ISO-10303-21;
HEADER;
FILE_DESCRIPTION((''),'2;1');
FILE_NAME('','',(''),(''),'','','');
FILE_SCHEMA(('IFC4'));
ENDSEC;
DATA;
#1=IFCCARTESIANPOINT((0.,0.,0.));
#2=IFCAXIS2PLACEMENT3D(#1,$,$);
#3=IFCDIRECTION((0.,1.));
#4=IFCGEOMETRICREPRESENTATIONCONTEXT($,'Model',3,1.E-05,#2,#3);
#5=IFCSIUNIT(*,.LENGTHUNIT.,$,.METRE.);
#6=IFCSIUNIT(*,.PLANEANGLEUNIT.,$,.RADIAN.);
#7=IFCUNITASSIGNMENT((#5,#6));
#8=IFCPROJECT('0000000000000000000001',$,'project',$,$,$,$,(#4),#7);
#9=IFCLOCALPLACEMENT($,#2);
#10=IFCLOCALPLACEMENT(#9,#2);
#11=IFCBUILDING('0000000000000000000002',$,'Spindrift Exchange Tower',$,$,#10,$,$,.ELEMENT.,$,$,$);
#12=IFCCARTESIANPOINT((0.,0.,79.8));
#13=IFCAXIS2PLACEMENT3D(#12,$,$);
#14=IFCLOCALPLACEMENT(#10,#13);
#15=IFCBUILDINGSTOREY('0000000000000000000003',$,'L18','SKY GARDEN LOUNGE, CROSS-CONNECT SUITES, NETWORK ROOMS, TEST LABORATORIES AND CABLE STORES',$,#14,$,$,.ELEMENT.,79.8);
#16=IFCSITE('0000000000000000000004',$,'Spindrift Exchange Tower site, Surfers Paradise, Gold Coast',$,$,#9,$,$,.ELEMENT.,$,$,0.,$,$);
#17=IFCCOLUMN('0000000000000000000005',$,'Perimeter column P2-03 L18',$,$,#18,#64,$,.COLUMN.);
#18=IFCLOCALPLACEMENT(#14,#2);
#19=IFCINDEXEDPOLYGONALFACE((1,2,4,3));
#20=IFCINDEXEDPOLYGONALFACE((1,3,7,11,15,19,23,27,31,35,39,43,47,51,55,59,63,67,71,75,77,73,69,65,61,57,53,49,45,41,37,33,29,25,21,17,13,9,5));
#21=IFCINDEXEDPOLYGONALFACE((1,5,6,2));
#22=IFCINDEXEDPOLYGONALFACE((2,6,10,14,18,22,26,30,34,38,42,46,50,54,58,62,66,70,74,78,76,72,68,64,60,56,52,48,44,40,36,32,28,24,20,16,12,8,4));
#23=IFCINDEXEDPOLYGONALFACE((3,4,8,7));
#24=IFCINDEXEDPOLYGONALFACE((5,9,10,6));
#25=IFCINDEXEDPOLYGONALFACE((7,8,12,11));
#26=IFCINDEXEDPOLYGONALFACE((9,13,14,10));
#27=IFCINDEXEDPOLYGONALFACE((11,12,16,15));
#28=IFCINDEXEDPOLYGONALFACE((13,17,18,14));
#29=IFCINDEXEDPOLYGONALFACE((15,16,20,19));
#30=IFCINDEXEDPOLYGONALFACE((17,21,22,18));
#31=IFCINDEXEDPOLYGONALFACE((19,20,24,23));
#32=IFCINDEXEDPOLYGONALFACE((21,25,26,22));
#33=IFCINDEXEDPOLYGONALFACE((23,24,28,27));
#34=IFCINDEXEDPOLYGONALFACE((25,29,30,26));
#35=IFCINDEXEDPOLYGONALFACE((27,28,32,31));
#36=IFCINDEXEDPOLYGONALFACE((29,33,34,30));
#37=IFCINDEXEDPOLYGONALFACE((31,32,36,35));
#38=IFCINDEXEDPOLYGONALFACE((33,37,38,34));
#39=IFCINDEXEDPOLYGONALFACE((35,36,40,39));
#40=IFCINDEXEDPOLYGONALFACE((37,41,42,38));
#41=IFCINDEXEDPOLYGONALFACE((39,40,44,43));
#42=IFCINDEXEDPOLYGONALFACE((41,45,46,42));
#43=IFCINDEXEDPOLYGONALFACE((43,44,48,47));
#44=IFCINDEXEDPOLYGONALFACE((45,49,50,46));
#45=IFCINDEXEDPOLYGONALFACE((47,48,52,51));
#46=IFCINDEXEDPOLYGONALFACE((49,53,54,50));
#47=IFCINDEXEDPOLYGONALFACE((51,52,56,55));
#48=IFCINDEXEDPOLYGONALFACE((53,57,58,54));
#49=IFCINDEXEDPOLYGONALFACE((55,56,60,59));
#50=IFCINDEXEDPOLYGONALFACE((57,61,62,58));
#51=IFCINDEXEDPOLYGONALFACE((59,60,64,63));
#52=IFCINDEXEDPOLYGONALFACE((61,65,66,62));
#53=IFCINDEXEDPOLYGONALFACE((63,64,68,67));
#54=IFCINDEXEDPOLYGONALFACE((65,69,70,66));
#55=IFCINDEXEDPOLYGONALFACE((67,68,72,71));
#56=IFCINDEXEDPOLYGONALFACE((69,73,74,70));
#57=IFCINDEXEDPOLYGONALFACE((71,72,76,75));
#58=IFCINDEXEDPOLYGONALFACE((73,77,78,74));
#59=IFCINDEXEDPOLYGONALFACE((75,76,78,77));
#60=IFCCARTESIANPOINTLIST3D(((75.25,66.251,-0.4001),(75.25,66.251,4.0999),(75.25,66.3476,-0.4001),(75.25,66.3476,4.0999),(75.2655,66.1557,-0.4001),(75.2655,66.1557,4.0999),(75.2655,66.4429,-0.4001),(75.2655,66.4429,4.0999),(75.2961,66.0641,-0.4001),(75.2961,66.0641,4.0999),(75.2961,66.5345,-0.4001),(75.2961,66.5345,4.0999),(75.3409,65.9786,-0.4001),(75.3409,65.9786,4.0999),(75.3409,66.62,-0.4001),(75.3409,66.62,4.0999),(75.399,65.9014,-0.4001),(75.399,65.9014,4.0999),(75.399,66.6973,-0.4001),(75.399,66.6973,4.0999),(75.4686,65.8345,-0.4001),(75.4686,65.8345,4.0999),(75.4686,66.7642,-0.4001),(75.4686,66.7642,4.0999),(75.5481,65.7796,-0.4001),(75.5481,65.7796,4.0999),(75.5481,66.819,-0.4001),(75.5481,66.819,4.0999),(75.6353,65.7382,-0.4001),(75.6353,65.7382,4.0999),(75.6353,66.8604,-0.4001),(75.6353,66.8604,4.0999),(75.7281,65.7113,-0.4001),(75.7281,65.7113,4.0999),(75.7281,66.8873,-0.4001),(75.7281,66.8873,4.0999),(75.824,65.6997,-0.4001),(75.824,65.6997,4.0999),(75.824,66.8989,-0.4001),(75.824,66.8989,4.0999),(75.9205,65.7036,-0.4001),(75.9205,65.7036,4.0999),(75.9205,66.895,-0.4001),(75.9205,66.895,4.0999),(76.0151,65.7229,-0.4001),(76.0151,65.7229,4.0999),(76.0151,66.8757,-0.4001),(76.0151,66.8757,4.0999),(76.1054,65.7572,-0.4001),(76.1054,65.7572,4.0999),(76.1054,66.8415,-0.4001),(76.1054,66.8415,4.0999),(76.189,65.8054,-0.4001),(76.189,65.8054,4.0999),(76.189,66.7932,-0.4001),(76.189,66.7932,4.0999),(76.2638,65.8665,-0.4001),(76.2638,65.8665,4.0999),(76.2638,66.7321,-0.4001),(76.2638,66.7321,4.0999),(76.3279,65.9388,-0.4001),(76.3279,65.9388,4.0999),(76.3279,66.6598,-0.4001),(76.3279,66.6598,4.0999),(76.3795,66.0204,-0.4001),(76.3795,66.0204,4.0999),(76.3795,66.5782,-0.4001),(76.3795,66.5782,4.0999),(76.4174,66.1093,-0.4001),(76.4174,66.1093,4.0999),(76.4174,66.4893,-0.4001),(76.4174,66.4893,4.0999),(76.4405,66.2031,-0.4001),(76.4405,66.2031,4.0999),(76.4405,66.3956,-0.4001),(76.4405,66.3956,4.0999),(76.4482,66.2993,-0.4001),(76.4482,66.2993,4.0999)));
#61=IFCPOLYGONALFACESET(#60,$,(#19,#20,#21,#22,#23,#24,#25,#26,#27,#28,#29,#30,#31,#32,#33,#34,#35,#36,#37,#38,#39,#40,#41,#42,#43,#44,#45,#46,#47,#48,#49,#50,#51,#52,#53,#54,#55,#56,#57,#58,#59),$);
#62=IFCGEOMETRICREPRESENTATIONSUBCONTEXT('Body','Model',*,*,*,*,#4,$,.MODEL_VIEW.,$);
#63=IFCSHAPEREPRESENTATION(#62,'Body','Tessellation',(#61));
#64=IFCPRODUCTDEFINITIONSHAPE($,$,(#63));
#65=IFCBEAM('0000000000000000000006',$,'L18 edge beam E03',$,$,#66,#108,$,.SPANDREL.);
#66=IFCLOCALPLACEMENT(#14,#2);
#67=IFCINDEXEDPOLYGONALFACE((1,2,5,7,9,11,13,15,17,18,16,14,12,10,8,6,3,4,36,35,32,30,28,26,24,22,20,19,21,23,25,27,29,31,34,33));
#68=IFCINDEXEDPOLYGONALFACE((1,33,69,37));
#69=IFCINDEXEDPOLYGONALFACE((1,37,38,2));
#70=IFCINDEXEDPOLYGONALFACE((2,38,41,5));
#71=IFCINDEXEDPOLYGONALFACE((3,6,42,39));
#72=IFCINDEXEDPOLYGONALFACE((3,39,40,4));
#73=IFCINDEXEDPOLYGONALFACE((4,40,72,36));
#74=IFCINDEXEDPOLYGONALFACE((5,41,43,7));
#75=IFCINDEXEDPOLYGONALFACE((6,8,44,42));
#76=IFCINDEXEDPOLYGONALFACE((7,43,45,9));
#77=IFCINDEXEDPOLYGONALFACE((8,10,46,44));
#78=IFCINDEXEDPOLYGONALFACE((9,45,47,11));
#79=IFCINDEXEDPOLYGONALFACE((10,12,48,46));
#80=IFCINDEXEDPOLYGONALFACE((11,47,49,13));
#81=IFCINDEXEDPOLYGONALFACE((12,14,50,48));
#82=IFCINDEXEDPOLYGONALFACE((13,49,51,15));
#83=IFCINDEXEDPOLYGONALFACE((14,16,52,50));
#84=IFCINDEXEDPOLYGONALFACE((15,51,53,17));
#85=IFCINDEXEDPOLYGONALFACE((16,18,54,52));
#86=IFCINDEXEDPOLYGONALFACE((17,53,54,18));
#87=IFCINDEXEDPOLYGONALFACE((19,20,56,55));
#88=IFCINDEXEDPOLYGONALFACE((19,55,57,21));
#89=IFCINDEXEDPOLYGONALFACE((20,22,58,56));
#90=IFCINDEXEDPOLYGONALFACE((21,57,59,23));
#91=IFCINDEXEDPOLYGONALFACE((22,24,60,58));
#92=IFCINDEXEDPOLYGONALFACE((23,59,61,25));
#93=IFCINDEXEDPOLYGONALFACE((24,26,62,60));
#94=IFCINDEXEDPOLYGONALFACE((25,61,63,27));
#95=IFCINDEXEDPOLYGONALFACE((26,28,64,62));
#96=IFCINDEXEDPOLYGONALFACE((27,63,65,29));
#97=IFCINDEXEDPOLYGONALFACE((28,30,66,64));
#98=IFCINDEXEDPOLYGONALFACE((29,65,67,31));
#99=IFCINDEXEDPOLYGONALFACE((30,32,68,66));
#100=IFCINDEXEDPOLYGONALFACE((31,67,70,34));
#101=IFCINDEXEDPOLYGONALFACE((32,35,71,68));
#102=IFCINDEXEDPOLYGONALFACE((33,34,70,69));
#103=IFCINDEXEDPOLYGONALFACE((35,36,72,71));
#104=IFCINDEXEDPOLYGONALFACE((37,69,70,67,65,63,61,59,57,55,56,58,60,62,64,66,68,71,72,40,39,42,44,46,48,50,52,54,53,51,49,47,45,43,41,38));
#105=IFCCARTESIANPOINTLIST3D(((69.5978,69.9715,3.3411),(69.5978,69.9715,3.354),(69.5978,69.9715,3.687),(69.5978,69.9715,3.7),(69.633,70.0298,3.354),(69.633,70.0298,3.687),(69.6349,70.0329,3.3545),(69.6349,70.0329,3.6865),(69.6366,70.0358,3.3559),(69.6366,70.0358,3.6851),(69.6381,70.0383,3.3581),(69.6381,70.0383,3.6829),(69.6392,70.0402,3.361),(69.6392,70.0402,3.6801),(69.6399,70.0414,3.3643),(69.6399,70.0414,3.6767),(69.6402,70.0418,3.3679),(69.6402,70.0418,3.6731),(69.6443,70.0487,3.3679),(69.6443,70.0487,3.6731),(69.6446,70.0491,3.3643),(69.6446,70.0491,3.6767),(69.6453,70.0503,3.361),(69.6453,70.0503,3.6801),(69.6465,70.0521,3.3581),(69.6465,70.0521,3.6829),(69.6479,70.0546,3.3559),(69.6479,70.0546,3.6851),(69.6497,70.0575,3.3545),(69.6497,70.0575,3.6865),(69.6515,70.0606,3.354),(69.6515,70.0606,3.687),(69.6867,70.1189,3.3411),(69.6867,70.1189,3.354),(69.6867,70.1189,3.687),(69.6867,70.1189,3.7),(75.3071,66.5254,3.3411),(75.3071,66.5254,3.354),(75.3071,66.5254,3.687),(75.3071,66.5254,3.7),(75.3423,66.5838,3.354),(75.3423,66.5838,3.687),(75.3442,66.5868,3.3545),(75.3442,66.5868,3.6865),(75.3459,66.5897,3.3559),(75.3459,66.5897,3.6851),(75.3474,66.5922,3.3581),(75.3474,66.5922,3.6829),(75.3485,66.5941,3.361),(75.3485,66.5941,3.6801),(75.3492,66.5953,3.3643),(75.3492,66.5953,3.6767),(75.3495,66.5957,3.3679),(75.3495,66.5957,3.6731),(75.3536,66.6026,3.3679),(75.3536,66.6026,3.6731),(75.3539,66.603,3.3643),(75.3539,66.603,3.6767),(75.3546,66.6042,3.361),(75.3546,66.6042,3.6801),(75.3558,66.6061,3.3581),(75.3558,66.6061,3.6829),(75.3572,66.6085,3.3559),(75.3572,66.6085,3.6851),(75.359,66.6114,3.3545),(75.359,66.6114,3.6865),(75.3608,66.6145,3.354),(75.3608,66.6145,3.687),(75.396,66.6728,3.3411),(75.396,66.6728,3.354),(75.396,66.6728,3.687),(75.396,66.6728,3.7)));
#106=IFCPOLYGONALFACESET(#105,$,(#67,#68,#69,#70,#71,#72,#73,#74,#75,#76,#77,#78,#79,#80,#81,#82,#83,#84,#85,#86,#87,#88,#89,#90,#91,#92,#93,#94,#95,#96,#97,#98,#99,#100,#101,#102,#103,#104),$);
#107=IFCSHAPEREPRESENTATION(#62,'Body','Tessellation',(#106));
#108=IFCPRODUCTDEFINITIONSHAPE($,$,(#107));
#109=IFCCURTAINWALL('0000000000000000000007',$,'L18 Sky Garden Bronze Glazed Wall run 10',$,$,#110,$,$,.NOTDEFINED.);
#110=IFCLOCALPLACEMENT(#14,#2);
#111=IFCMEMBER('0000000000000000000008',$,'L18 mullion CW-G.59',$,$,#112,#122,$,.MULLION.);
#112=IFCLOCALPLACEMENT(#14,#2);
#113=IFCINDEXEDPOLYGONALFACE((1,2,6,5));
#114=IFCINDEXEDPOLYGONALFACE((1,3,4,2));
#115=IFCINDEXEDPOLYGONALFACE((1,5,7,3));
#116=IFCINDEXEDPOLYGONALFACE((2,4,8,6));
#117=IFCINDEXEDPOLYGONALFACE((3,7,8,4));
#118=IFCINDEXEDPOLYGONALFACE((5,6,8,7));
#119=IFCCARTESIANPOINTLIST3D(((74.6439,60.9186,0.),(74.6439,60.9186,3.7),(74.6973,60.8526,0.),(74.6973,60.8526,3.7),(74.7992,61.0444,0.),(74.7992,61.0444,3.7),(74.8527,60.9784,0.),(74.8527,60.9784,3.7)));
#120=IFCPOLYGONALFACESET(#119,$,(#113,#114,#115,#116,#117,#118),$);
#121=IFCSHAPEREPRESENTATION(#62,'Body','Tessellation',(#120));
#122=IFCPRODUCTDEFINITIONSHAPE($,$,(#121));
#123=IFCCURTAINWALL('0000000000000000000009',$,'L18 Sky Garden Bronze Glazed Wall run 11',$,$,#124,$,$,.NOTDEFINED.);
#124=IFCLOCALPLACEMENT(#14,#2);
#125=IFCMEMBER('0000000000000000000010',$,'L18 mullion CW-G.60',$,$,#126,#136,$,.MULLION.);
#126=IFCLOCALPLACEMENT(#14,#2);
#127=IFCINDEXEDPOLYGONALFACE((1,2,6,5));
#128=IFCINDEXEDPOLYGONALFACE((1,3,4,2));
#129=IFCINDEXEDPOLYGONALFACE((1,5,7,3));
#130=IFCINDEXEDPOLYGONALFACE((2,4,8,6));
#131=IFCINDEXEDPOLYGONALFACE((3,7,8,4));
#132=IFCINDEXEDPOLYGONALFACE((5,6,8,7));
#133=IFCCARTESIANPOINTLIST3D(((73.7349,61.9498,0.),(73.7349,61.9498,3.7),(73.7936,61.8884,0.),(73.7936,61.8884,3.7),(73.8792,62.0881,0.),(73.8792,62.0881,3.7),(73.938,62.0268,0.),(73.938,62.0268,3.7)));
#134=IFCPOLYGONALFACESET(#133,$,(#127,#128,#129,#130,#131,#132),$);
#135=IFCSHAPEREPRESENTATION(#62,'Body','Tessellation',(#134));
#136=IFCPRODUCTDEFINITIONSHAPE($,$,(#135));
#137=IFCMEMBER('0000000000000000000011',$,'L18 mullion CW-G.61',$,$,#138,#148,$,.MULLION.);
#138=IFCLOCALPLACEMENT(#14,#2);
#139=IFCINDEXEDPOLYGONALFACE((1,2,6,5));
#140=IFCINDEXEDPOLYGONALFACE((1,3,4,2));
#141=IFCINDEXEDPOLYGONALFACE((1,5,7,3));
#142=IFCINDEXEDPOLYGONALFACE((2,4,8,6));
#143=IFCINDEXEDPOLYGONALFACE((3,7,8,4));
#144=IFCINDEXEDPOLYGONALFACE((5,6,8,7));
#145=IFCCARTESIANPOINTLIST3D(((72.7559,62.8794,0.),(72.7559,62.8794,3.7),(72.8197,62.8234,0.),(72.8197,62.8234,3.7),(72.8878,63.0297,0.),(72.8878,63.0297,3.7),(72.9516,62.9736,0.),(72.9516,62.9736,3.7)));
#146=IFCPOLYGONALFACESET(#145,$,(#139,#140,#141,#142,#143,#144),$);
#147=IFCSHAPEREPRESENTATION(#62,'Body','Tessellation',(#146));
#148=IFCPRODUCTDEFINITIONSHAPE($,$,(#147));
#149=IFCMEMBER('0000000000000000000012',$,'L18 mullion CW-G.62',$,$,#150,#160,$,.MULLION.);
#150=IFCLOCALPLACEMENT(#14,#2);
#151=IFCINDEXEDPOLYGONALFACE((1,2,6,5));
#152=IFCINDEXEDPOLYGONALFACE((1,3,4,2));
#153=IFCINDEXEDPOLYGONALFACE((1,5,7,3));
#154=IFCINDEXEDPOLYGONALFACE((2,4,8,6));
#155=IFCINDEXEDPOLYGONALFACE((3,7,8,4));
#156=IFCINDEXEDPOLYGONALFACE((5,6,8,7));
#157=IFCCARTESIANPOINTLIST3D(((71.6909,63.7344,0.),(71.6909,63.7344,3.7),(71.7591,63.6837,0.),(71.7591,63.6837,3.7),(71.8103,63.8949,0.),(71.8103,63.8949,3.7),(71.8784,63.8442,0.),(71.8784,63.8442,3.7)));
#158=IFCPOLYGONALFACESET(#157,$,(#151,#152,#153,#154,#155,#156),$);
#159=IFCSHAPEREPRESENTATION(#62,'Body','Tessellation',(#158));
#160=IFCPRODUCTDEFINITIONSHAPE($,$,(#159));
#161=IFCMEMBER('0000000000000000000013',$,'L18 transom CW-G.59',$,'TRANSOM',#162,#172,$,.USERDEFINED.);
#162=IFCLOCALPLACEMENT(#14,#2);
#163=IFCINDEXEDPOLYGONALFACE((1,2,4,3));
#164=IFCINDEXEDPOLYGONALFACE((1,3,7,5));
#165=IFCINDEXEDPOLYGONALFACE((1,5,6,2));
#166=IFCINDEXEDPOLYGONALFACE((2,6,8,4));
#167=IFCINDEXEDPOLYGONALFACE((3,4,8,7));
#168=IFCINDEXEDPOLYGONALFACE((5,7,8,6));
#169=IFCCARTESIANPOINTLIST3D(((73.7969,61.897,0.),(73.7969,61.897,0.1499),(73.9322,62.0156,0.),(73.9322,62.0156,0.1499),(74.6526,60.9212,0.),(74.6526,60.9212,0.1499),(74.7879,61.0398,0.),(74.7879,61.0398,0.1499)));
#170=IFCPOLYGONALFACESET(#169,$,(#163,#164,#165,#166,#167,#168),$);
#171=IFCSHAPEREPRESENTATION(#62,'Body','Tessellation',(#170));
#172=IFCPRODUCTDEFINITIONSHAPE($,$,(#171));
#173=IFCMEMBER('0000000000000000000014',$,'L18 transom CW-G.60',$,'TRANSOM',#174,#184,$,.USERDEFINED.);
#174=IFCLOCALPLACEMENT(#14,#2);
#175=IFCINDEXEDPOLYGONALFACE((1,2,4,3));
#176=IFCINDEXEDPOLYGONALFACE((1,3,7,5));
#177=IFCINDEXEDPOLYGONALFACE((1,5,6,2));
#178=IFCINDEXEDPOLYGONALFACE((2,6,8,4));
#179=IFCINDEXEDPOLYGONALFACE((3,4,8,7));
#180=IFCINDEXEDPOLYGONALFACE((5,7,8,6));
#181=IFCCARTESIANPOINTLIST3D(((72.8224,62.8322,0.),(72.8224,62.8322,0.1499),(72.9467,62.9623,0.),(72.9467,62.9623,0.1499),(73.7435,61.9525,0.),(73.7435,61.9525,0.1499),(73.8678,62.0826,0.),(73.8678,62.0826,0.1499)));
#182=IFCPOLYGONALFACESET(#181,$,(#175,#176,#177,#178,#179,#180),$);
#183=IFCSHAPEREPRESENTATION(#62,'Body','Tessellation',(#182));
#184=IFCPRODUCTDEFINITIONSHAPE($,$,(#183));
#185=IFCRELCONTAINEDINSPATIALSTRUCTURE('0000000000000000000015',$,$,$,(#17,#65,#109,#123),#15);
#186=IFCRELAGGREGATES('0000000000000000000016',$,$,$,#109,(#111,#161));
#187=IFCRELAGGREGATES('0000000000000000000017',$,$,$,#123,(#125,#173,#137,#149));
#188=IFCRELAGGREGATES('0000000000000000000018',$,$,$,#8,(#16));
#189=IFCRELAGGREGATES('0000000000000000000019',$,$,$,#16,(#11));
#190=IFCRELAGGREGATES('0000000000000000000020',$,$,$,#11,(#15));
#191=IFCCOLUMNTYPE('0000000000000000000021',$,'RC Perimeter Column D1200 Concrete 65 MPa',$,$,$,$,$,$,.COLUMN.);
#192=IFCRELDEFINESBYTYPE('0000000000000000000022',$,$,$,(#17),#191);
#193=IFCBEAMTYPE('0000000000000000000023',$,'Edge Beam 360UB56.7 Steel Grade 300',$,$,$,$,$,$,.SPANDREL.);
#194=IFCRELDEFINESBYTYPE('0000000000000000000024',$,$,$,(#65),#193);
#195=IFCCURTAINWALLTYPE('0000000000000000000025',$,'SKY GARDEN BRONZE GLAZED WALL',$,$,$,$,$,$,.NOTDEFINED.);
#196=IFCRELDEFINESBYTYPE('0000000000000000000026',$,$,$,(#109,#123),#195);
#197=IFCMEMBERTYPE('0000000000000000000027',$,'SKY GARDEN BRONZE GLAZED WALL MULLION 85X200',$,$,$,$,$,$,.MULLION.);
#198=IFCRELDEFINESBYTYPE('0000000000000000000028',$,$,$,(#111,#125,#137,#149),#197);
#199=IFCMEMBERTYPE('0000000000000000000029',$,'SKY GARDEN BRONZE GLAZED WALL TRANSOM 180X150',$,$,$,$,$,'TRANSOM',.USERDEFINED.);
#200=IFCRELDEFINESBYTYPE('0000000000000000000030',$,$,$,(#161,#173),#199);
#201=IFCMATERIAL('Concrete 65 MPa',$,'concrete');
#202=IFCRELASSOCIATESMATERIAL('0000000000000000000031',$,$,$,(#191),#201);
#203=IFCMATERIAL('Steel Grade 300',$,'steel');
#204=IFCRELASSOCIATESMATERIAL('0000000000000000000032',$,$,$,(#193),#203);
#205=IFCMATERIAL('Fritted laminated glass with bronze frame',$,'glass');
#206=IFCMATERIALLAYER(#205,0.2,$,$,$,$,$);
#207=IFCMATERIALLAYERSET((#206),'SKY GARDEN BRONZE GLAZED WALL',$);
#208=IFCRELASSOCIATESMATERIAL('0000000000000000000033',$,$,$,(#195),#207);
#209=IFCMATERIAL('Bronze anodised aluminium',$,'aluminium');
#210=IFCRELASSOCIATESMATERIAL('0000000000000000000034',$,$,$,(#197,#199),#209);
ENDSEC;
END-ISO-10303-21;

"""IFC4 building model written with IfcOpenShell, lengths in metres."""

from ifc_helpers import new_model, si_unit, direction, frame, origin, origin_2d, place, context, subcontext, project, spatial, rectangle, circle, i_section, extrude, source, transform, mapped, material, layer, layer_set, material_profile, profile_set, type_object, element, aggregate, save


model = new_model("IFC4")

# Units and contexts
model_context = context("Model", 3, precision=1e-05, world=origin(), true_north=direction((0.0, 1.0)))
body_context = subcontext(model_context, "Body", "Model", "MODEL_VIEW")
ifc_project = project(units=[si_unit("LENGTHUNIT", "METRE"), si_unit("PLANEANGLEUNIT", "RADIAN")], contexts=[model_context])

# Site, building, storey
site_placement = place(None, origin())
site = spatial("IfcSite", under=ifc_project, at=site_placement, Name="Spindrift Exchange Tower site, Surfers Paradise, Gold Coast", CompositionType="ELEMENT", RefElevation=0.0)
building_placement = place(site_placement, origin())
building = spatial("IfcBuilding", under=site, at=building_placement, Name="Spindrift Exchange Tower", CompositionType="ELEMENT")
storey_placement = place(building_placement, frame((0.0, 0.0, 79.8)))
storey = spatial("IfcBuildingStorey", under=building, at=storey_placement, Name="L18", Description="SKY GARDEN LOUNGE, CROSS-CONNECT SUITES, NETWORK ROOMS, TEST LABORATORIES AND CABLE STORES", CompositionType="ELEMENT", Elevation=79.8)

# Column
ifc_material_1 = material(Name="Concrete 65 MPa", Category="concrete")
ifc_material_profile_1 = material_profile(ifc_material_1, circle(Radius=0.6001, at=origin_2d()), Name="RC D1200")
ifc_profile_set_1 = profile_set([ifc_material_profile_1], Name="Concrete 65 MPa")
column_type = type_object("IfcColumnType", Name="RC Perimeter Column D1200 Concrete 65 MPa", PredefinedType="COLUMN", material=ifc_profile_set_1)
shared_shape_1 = source(origin(), body_context, "Body", "SweptSolid", [
    extrude(circle(Radius=0.6001, at=origin_2d()), origin(), (0.0, 0.0, 1.0), 4.5),
])
column_placement = place(storey_placement, frame((75.8481, 66.2993, -0.4001), z_axis=(0.0, 0.0, 1.0), x_axis=(1.0, 0.0, 0.0)))
element("IfcColumn", 1, at=column_placement, inside=storey, type_object=column_type, Name="Perimeter column P2-03 L18", PredefinedType="COLUMN", context=body_context, shape_type="MappedRepresentation", body=[
    mapped(shared_shape_1, transform((0.0, 0.0, 0.0), scale=1.0)),
])

# Beam
ifc_material_2 = material(Name="Steel Grade 300", Category="steel")
ifc_material_profile_2 = material_profile(ifc_material_2, i_section(OverallWidth=0.1721, OverallDepth=0.3589, WebThickness=0.0081, FlangeThickness=0.0129, FilletRadius=0.0139, at=origin_2d()), Name="360UB56.7")
ifc_profile_set_2 = profile_set([ifc_material_profile_2], Name="Steel Grade 300")
beam_type = type_object("IfcBeamType", Name="Edge Beam 360UB56.7 Steel Grade 300", PredefinedType="SPANDREL", material=ifc_profile_set_2)
shared_shape_2 = source(origin(), body_context, "Body", "SweptSolid", [
    extrude(i_section(OverallWidth=0.1721, OverallDepth=0.3589, WebThickness=0.0081, FlangeThickness=0.0129, FilletRadius=0.0139, at=origin_2d()), origin(), (0.0, 0.0, 1.0), 6.6687),
])
beam_placement = place(storey_placement, frame((75.3516, 66.5991, 3.5205), z_axis=(-0.856133, 0.516755, 0.0), x_axis=(-0.516755, -0.856133, 0.0)))
element("IfcBeam", 2, at=beam_placement, inside=storey, type_object=beam_type, Name="L18 edge beam E03", PredefinedType="SPANDREL", context=body_context, shape_type="MappedRepresentation", body=[
    mapped(shared_shape_2, transform((0.0, 0.0, 0.0), scale=1.0)),
])

# Curtain wall, member
ifc_material_3 = material(Name="Fritted laminated glass with bronze frame", Category="glass")
ifc_layer_1 = layer(ifc_material_3, 0.2)
ifc_layer_set_1 = layer_set([ifc_layer_1], Name="SKY GARDEN BRONZE GLAZED WALL")
curtain_wall_type = type_object("IfcCurtainWallType", Name="SKY GARDEN BRONZE GLAZED WALL", PredefinedType="NOTDEFINED", material=ifc_layer_set_1)
curtain_wall_1_placement = place(storey_placement, origin())
curtain_wall_1 = element("IfcCurtainWall", 3, at=curtain_wall_1_placement, inside=storey, type_object=curtain_wall_type, Name="L18 Sky Garden Bronze Glazed Wall run 10", PredefinedType="NOTDEFINED")
ifc_material_4 = material(Name="Bronze anodised aluminium", Category="aluminium")
ifc_material_profile_3 = material_profile(ifc_material_4, rectangle(XDim=0.085, YDim=0.2, at=origin_2d()), Name="SKY GARDEN BRONZE GLAZED WALL MULLION 85X200")
ifc_profile_set_3 = profile_set([ifc_material_profile_3], Name="Bronze anodised aluminium")
member_type_1 = type_object("IfcMemberType", Name="SKY GARDEN BRONZE GLAZED WALL MULLION 85X200", PredefinedType="MULLION", material=ifc_profile_set_3)
shared_shape_3 = source(origin(), body_context, "Body", "SweptSolid", [
    extrude(rectangle(XDim=0.085, YDim=0.2, at=origin_2d()), origin(), (0.0, 0.0, 1.0), 3.7),
])
member_1_placement = place(storey_placement, frame((74.7483, 60.9485, 0.0), z_axis=(0.0, 0.0, 1.0), x_axis=(-0.629352, 0.77712, 0.0)))
member_1 = element("IfcMember", 4, at=member_1_placement, type_object=member_type_1, Name="L18 mullion CW-G.59", PredefinedType="MULLION", context=body_context, shape_type="MappedRepresentation", body=[
    mapped(shared_shape_3, transform((0.0, 0.0, 0.0), scale=1.0)),
])

# Curtain wall, members
curtain_wall_2_placement = place(storey_placement, origin())
curtain_wall_2 = element("IfcCurtainWall", 5, at=curtain_wall_2_placement, inside=storey, type_object=curtain_wall_type, Name="L18 Sky Garden Bronze Glazed Wall run 11", PredefinedType="NOTDEFINED")
member_2_placement = place(storey_placement, frame((73.8364, 61.9883, 0.0), z_axis=(0.0, 0.0, 1.0), x_axis=(-0.691982, 0.721914, 0.0)))
member_2 = element("IfcMember", 6, at=member_2_placement, type_object=member_type_1, Name="L18 mullion CW-G.60", PredefinedType="MULLION", context=body_context, shape_type="MappedRepresentation", body=[
    mapped(shared_shape_3, transform((0.0, 0.0, 0.0), scale=1.0)),
])
member_3_placement = place(storey_placement, frame((72.8538, 62.9265, 0.0), z_axis=(0.0, 0.0, 1.0), x_axis=(-0.751396, 0.659851, 0.0)))
member_3 = element("IfcMember", 7, at=member_3_placement, type_object=member_type_1, Name="L18 mullion CW-G.61", PredefinedType="MULLION", context=body_context, shape_type="MappedRepresentation", body=[
    mapped(shared_shape_3, transform((0.0, 0.0, 0.0), scale=1.0)),
])
member_4_placement = place(storey_placement, frame((71.7847, 63.7893, 0.0), z_axis=(0.0, 0.0, 1.0), x_axis=(-0.802352, 0.59685, 0.0)))
member_4 = element("IfcMember", 8, at=member_4_placement, type_object=member_type_1, Name="L18 mullion CW-G.62", PredefinedType="MULLION", context=body_context, shape_type="MappedRepresentation", body=[
    mapped(shared_shape_3, transform((0.0, 0.0, 0.0), scale=1.0)),
])

# Members
ifc_material_profile_4 = material_profile(ifc_material_4, rectangle(XDim=0.1799, YDim=0.1499, at=origin_2d()), Name="SKY GARDEN BRONZE GLAZED WALL TRANSOM 180X150")
ifc_profile_set_4 = profile_set([ifc_material_profile_4], Name="Bronze anodised aluminium")
member_type_2 = type_object("IfcMemberType", Name="SKY GARDEN BRONZE GLAZED WALL TRANSOM 180X150", ElementType="TRANSOM", PredefinedType="USERDEFINED", material=ifc_profile_set_4)
shared_shape_4 = source(origin(), body_context, "Body", "SweptSolid", [
    extrude(rectangle(XDim=0.1799, YDim=0.1499, at=origin_2d()), origin(), (0.0, 0.0, 1.0), 1.2979),
])
member_5_placement = place(storey_placement, frame((74.7202, 60.9805, 0.075), z_axis=(-0.659317, 0.751865, 0.0), x_axis=(-0.751865, -0.659317, 0.0)))
member_5 = element("IfcMember", 9, at=member_5_placement, type_object=member_type_2, Name="L18 transom CW-G.59", ObjectType="TRANSOM", PredefinedType="USERDEFINED", context=body_context, shape_type="MappedRepresentation", body=[
    mapped(shared_shape_4, transform((0.0, 0.0, 0.0), scale=1.0)),
])
shared_shape_5 = source(origin(), body_context, "Body", "SweptSolid", [
    extrude(rectangle(XDim=0.1799, YDim=0.1499, at=origin_2d()), origin(), (0.0, 0.0, 1.0), 1.2737),
])
member_6_placement = place(storey_placement, frame((73.8057, 62.0176, 0.075), z_axis=(-0.723212, 0.690626, 0.0), x_axis=(-0.690626, -0.723212, 0.0)))
member_6 = element("IfcMember", 10, at=member_6_placement, type_object=member_type_2, Name="L18 transom CW-G.60", ObjectType="TRANSOM", PredefinedType="USERDEFINED", context=body_context, shape_type="MappedRepresentation", body=[
    mapped(shared_shape_5, transform((0.0, 0.0, 0.0), scale=1.0)),
])

aggregate(curtain_wall_1, [member_1, member_5])
aggregate(curtain_wall_2, [member_2, member_6, member_3, member_4])

save(model, "model.ifc")
